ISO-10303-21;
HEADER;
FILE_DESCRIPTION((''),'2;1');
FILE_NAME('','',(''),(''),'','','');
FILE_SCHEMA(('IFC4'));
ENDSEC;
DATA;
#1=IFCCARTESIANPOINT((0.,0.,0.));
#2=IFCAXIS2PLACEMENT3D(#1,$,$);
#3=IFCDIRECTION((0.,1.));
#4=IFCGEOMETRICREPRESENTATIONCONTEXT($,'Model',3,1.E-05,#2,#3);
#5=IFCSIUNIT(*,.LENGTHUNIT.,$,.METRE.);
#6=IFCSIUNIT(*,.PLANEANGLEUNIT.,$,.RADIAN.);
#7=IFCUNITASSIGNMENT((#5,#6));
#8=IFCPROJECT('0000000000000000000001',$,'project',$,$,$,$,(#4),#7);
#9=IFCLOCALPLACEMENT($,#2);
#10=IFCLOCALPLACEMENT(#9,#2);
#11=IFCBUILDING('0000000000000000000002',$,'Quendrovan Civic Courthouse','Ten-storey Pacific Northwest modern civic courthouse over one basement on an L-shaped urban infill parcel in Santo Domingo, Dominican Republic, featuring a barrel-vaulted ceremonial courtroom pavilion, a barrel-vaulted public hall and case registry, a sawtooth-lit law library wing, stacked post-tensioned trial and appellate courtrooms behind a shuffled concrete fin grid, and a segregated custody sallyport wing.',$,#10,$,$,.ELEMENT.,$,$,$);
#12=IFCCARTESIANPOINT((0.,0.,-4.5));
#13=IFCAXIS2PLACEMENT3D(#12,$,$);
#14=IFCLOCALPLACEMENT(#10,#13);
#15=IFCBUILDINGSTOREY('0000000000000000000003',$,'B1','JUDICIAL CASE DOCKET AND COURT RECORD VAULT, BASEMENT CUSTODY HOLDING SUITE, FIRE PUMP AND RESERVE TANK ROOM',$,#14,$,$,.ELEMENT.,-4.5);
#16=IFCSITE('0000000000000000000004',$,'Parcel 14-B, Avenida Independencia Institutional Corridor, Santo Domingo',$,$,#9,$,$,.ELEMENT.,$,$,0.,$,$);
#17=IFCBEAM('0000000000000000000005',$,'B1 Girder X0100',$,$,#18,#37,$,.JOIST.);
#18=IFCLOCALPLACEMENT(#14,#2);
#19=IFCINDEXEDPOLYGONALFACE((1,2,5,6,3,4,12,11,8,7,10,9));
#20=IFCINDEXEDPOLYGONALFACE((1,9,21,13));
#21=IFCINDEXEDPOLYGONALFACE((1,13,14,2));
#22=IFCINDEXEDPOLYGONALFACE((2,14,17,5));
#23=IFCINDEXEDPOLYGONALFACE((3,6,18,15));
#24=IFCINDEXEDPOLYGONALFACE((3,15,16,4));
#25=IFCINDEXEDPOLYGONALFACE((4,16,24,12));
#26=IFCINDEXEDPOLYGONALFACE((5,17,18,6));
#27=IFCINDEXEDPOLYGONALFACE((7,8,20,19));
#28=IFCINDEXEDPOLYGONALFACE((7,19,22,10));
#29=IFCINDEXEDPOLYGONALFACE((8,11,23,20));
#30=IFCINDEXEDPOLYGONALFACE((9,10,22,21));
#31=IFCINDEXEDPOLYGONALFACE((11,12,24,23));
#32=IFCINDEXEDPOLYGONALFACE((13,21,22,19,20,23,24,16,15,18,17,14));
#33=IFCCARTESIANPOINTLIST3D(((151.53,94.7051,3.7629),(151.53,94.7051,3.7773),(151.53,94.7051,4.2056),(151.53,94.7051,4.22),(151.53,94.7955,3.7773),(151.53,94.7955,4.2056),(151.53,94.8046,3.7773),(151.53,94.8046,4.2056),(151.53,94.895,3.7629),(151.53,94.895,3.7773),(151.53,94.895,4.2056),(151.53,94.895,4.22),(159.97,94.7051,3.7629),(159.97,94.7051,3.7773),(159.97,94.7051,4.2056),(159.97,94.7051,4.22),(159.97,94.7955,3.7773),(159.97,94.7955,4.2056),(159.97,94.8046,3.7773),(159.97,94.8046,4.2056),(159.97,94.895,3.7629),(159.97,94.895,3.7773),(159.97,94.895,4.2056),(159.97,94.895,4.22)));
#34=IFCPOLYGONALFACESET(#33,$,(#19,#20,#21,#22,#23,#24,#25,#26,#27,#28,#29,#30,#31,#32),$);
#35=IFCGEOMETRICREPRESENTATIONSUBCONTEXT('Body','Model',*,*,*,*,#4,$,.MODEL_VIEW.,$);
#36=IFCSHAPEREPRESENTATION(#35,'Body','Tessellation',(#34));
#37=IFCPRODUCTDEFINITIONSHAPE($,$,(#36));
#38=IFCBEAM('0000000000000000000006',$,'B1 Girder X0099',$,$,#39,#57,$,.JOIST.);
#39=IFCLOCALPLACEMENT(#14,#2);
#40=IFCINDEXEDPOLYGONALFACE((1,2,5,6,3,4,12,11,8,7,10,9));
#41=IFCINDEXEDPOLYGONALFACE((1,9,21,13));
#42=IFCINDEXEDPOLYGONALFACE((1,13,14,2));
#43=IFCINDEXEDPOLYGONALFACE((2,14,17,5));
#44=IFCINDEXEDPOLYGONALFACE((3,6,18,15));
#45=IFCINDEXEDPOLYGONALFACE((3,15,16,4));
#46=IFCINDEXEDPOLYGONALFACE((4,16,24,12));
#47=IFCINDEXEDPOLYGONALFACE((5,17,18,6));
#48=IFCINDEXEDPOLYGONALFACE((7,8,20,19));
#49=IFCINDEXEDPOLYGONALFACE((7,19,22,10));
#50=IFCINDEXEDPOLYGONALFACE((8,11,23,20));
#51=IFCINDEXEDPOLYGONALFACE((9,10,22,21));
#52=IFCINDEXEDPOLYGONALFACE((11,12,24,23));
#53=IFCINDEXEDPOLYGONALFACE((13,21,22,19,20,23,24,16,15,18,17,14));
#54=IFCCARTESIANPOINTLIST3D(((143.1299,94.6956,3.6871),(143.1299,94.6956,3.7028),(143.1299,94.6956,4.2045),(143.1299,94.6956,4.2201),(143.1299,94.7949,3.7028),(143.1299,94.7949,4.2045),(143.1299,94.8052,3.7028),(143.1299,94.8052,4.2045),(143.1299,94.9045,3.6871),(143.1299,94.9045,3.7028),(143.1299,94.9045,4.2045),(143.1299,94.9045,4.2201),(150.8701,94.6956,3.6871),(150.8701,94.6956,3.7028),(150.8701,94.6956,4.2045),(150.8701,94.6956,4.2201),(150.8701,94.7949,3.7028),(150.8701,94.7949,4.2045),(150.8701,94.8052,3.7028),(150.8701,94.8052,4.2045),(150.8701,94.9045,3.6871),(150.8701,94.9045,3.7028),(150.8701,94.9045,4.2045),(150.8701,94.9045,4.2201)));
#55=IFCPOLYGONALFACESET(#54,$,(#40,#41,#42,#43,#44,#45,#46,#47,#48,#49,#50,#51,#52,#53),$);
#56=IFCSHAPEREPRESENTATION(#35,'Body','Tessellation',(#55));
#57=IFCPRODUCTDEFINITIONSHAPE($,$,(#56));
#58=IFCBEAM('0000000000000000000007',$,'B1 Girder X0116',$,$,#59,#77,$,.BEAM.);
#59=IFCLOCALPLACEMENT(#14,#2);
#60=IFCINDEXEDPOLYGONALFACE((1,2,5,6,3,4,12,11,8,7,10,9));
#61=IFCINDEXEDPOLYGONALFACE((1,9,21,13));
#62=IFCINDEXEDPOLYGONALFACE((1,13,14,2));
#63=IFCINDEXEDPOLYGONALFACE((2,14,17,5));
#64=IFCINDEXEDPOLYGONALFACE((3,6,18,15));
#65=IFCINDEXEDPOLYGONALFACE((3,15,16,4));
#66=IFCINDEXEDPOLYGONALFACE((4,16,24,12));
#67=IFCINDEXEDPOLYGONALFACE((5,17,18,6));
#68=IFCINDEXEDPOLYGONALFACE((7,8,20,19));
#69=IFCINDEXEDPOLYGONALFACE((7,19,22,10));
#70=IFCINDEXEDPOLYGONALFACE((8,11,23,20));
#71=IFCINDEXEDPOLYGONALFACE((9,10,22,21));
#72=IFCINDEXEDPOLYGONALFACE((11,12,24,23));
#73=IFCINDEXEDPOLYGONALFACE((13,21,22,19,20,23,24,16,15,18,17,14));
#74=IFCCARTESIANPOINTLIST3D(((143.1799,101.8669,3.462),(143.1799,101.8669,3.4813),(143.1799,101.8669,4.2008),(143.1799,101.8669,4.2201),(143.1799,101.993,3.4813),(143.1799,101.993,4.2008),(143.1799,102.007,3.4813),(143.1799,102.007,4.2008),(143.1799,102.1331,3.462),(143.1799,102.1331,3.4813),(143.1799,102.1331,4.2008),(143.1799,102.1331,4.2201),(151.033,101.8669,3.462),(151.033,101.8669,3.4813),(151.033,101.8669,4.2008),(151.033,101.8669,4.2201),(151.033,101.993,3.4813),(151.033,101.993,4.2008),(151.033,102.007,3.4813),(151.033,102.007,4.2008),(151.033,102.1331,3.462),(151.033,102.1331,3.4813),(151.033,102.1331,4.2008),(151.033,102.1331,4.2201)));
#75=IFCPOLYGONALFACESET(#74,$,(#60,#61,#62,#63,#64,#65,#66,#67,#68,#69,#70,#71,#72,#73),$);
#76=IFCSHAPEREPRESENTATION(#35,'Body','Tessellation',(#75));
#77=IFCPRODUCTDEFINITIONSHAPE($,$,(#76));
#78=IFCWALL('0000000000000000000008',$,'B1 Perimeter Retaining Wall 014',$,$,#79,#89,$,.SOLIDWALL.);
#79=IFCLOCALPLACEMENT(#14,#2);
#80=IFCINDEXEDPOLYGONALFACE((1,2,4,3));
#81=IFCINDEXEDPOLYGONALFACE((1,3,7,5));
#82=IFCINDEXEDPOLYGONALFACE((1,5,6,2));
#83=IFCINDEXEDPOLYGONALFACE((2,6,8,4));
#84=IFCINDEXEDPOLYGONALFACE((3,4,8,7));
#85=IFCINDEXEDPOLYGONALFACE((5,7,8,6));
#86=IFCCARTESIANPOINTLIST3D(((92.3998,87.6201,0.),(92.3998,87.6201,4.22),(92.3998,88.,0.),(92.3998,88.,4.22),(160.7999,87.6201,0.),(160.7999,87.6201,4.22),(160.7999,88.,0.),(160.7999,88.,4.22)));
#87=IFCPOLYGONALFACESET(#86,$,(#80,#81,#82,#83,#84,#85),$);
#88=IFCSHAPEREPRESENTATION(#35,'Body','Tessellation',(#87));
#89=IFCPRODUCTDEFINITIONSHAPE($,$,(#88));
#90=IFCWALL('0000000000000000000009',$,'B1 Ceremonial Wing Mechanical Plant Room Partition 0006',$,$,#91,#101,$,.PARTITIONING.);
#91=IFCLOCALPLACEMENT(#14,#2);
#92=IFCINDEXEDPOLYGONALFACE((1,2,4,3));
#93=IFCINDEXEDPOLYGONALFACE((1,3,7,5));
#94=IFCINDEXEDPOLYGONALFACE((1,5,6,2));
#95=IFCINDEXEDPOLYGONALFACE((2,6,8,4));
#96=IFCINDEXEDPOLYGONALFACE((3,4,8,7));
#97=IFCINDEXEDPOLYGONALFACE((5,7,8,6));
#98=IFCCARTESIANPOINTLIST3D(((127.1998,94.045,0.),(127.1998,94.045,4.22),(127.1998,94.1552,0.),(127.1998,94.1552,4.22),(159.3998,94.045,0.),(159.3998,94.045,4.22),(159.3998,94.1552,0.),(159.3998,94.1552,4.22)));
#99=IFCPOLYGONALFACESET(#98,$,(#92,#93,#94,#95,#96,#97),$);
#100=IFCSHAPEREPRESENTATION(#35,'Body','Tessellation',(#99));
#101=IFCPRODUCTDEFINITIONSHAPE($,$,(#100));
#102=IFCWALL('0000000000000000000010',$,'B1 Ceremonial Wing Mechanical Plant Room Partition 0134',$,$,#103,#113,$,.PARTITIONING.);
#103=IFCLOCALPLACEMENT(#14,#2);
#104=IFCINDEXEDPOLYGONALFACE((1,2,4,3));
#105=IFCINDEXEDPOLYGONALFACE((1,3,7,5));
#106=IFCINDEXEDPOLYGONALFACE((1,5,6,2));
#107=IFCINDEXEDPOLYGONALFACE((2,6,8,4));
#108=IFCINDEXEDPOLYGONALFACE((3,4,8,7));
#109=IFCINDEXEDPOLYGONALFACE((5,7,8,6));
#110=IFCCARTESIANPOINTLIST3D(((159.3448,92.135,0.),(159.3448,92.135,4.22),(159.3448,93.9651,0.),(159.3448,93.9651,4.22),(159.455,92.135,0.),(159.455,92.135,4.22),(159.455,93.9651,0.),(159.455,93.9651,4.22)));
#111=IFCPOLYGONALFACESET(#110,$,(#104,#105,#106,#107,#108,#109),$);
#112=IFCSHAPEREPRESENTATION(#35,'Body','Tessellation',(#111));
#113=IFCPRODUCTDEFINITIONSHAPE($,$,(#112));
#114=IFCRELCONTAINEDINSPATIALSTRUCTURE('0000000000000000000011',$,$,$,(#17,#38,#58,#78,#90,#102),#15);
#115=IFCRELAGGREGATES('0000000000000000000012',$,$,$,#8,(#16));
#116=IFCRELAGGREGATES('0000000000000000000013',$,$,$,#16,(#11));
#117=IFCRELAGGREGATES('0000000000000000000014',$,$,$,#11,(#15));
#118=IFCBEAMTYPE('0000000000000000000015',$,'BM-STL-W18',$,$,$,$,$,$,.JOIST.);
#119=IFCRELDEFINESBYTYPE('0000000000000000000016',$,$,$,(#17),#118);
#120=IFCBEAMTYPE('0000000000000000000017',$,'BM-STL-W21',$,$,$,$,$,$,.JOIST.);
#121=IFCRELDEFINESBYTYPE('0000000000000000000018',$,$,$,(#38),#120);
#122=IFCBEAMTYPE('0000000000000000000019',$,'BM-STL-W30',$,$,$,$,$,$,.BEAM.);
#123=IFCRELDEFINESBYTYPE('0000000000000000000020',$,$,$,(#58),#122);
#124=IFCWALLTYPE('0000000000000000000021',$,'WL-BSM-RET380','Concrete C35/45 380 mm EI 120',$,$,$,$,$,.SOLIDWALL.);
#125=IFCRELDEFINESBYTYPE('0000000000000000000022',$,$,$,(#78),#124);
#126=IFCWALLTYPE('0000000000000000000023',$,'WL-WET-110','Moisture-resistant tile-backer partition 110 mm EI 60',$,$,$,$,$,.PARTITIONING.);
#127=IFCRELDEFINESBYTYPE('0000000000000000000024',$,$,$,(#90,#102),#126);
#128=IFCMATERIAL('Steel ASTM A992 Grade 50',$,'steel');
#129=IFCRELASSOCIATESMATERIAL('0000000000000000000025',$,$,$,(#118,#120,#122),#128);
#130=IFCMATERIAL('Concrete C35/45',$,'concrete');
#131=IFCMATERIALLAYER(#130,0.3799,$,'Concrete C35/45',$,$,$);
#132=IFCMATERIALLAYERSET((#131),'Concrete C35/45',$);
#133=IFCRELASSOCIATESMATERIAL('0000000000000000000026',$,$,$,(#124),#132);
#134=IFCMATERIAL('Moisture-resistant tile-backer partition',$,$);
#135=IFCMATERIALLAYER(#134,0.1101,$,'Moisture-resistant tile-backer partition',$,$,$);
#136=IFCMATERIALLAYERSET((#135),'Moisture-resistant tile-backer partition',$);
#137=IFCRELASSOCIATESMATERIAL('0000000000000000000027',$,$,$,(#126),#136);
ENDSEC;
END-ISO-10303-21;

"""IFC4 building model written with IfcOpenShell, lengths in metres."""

from ifc_helpers import new_model, si_unit, direction, frame, frame_2d, origin, origin_2d, place, context, subcontext, project, spatial, rectangle, i_section, extrude, material, layer, layer_set, material_profile, profile_set, type_object, element, save


model = new_model("IFC4")

# Units and contexts
model_context = context("Model", 3, precision=1e-05, world=origin(), true_north=direction((0.0, 1.0)))
body_context = subcontext(model_context, "Body", "Model", "MODEL_VIEW")
ifc_project = project(units=[si_unit("LENGTHUNIT", "METRE"), si_unit("PLANEANGLEUNIT", "RADIAN")], contexts=[model_context])

# Site, building, storey
site_placement = place(None, origin())
site = spatial("IfcSite", under=ifc_project, at=site_placement, Name="Parcel 14-B, Avenida Independencia Institutional Corridor, Santo Domingo", CompositionType="ELEMENT", RefElevation=0.0)
building_placement = place(site_placement, origin())
building = spatial("IfcBuilding", under=site, at=building_placement, Name="Quendrovan Civic Courthouse", Description="Ten-storey Pacific Northwest modern civic courthouse over one basement on an L-shaped urban infill parcel in Santo Domingo, Dominican Republic, featuring a barrel-vaulted ceremonial courtroom pavilion, a barrel-vaulted public hall and case registry, a sawtooth-lit law library wing, stacked post-tensioned trial and appellate courtrooms behind a shuffled concrete fin grid, and a segregated custody sallyport wing.", CompositionType="ELEMENT")
storey_placement = place(building_placement, frame((0.0, 0.0, -4.5)))
storey = spatial("IfcBuildingStorey", under=building, at=storey_placement, Name="B1", Description="JUDICIAL CASE DOCKET AND COURT RECORD VAULT, BASEMENT CUSTODY HOLDING SUITE, FIRE PUMP AND RESERVE TANK ROOM", CompositionType="ELEMENT", Elevation=-4.5)

# Shared definitions
ifc_material_1 = material(Name="Concrete C35/45", Category="concrete")

# Beams
ifc_material_2 = material(Name="Steel ASTM A992 Grade 50", Category="steel")
ifc_material_profile_1 = material_profile(ifc_material_2, i_section(OverallWidth=0.1899, OverallDepth=0.457, WebThickness=0.009, FlangeThickness=0.0144, at=origin_2d()), Name="W18X50")
ifc_profile_set_1 = profile_set([ifc_material_profile_1], Name="Steel ASTM A992 Grade 50")
beam_type_1 = type_object("IfcBeamType", Name="BM-STL-W18", PredefinedType="JOIST", material=ifc_profile_set_1)
beam_1_placement = place(storey_placement, frame((151.53, 94.8, 3.9915), z_axis=(1.0, 0.0, 0.0), x_axis=(0.0, 1.0, 0.0)))
element("IfcBeam", 1, at=beam_1_placement, inside=storey, type_object=beam_type_1, Name="B1 Girder X0100", PredefinedType="JOIST", context=body_context, shape_type="SweptSolid", body=[
    extrude(i_section(OverallWidth=0.1899, OverallDepth=0.457, WebThickness=0.009, FlangeThickness=0.0144, at=origin_2d()), origin(), (0.0, 0.0, 1.0), 8.4399),
])
ifc_material_profile_2 = material_profile(ifc_material_2, i_section(OverallWidth=0.209, OverallDepth=0.533, WebThickness=0.0103, FlangeThickness=0.0156, at=origin_2d()), Name="W21X62")
ifc_profile_set_2 = profile_set([ifc_material_profile_2], Name="Steel ASTM A992 Grade 50")
beam_type_2 = type_object("IfcBeamType", Name="BM-STL-W21", PredefinedType="JOIST", material=ifc_profile_set_2)
beam_2_placement = place(storey_placement, frame((143.1299, 94.8, 3.9536), z_axis=(1.0, 0.0, 0.0), x_axis=(0.0, 1.0, 0.0)))
element("IfcBeam", 2, at=beam_2_placement, inside=storey, type_object=beam_type_2, Name="B1 Girder X0099", PredefinedType="JOIST", context=body_context, shape_type="SweptSolid", body=[
    extrude(i_section(OverallWidth=0.209, OverallDepth=0.533, WebThickness=0.0103, FlangeThickness=0.0156, at=origin_2d()), origin(), (0.0, 0.0, 1.0), 7.7402),
])
ifc_material_profile_3 = material_profile(ifc_material_2, i_section(OverallWidth=0.2661, OverallDepth=0.7581, WebThickness=0.0139, FlangeThickness=0.0193, at=origin_2d()), Name="W30X108")
ifc_profile_set_3 = profile_set([ifc_material_profile_3], Name="Steel ASTM A992 Grade 50")
beam_type_3 = type_object("IfcBeamType", Name="BM-STL-W30", PredefinedType="BEAM", material=ifc_profile_set_3)
beam_3_placement = place(storey_placement, frame((143.1799, 102.0, 3.8411), z_axis=(1.0, 0.0, 0.0), x_axis=(0.0, 1.0, 0.0)))
element("IfcBeam", 3, at=beam_3_placement, inside=storey, type_object=beam_type_3, Name="B1 Girder X0116", PredefinedType="BEAM", context=body_context, shape_type="SweptSolid", body=[
    extrude(i_section(OverallWidth=0.2661, OverallDepth=0.7581, WebThickness=0.0139, FlangeThickness=0.0193, at=origin_2d()), origin(), (0.0, 0.0, 1.0), 7.853),
])

# Walls
ifc_layer_1 = layer(ifc_material_1, 0.3799, Name="Concrete C35/45")
ifc_layer_set_1 = layer_set([ifc_layer_1], Name="Concrete C35/45")
wall_type_1 = type_object("IfcWallType", Name="WL-BSM-RET380", Description="Concrete C35/45 380 mm EI 120", PredefinedType="SOLIDWALL", material=ifc_layer_set_1)
wall_1_placement = place(storey_placement, frame((160.8, 87.8101, 0.0), z_axis=(0.0, 0.0, 1.0), x_axis=(-1.0, 0.0, 0.0)))
element("IfcWall", 4, at=wall_1_placement, inside=storey, type_object=wall_type_1, Name="B1 Perimeter Retaining Wall 014", PredefinedType="SOLIDWALL", context=body_context, shape_type="SweptSolid", body=[
    extrude(rectangle(XDim=68.4001, YDim=0.3799, at=frame_2d((34.2002, 0.0))), origin(), (0.0, 0.0, 1.0), 4.22),
])
ifc_material_3 = material(Name="Moisture-resistant tile-backer partition")
ifc_layer_2 = layer(ifc_material_3, 0.1101, Name="Moisture-resistant tile-backer partition")
ifc_layer_set_2 = layer_set([ifc_layer_2], Name="Moisture-resistant tile-backer partition")
wall_type_2 = type_object("IfcWallType", Name="WL-WET-110", Description="Moisture-resistant tile-backer partition 110 mm EI 60", PredefinedType="PARTITIONING", material=ifc_layer_set_2)
wall_2_placement = place(storey_placement, frame((159.3999, 94.1001, 0.0), z_axis=(0.0, 0.0, 1.0), x_axis=(-1.0, 0.0, 0.0)))
element("IfcWall", 5, at=wall_2_placement, inside=storey, type_object=wall_type_2, Name="B1 Ceremonial Wing Mechanical Plant Room Partition 0006", PredefinedType="PARTITIONING", context=body_context, shape_type="SweptSolid", body=[
    extrude(rectangle(XDim=32.2, YDim=0.1101, at=frame_2d((16.1001, 0.0))), origin(), (0.0, 0.0, 1.0), 4.22),
])
wall_3_placement = place(storey_placement, frame((159.3999, 92.135, 0.0), z_axis=(0.0, 0.0, 1.0), x_axis=(0.0, 1.0, 0.0)))
element("IfcWall", 6, at=wall_3_placement, inside=storey, type_object=wall_type_2, Name="B1 Ceremonial Wing Mechanical Plant Room Partition 0134", PredefinedType="PARTITIONING", context=body_context, shape_type="SweptSolid", body=[
    extrude(rectangle(XDim=1.8301, YDim=0.1101, at=frame_2d((0.915, 0.0))), origin(), (0.0, 0.0, 1.0), 4.22),
])

save(model, "model.ifc")
